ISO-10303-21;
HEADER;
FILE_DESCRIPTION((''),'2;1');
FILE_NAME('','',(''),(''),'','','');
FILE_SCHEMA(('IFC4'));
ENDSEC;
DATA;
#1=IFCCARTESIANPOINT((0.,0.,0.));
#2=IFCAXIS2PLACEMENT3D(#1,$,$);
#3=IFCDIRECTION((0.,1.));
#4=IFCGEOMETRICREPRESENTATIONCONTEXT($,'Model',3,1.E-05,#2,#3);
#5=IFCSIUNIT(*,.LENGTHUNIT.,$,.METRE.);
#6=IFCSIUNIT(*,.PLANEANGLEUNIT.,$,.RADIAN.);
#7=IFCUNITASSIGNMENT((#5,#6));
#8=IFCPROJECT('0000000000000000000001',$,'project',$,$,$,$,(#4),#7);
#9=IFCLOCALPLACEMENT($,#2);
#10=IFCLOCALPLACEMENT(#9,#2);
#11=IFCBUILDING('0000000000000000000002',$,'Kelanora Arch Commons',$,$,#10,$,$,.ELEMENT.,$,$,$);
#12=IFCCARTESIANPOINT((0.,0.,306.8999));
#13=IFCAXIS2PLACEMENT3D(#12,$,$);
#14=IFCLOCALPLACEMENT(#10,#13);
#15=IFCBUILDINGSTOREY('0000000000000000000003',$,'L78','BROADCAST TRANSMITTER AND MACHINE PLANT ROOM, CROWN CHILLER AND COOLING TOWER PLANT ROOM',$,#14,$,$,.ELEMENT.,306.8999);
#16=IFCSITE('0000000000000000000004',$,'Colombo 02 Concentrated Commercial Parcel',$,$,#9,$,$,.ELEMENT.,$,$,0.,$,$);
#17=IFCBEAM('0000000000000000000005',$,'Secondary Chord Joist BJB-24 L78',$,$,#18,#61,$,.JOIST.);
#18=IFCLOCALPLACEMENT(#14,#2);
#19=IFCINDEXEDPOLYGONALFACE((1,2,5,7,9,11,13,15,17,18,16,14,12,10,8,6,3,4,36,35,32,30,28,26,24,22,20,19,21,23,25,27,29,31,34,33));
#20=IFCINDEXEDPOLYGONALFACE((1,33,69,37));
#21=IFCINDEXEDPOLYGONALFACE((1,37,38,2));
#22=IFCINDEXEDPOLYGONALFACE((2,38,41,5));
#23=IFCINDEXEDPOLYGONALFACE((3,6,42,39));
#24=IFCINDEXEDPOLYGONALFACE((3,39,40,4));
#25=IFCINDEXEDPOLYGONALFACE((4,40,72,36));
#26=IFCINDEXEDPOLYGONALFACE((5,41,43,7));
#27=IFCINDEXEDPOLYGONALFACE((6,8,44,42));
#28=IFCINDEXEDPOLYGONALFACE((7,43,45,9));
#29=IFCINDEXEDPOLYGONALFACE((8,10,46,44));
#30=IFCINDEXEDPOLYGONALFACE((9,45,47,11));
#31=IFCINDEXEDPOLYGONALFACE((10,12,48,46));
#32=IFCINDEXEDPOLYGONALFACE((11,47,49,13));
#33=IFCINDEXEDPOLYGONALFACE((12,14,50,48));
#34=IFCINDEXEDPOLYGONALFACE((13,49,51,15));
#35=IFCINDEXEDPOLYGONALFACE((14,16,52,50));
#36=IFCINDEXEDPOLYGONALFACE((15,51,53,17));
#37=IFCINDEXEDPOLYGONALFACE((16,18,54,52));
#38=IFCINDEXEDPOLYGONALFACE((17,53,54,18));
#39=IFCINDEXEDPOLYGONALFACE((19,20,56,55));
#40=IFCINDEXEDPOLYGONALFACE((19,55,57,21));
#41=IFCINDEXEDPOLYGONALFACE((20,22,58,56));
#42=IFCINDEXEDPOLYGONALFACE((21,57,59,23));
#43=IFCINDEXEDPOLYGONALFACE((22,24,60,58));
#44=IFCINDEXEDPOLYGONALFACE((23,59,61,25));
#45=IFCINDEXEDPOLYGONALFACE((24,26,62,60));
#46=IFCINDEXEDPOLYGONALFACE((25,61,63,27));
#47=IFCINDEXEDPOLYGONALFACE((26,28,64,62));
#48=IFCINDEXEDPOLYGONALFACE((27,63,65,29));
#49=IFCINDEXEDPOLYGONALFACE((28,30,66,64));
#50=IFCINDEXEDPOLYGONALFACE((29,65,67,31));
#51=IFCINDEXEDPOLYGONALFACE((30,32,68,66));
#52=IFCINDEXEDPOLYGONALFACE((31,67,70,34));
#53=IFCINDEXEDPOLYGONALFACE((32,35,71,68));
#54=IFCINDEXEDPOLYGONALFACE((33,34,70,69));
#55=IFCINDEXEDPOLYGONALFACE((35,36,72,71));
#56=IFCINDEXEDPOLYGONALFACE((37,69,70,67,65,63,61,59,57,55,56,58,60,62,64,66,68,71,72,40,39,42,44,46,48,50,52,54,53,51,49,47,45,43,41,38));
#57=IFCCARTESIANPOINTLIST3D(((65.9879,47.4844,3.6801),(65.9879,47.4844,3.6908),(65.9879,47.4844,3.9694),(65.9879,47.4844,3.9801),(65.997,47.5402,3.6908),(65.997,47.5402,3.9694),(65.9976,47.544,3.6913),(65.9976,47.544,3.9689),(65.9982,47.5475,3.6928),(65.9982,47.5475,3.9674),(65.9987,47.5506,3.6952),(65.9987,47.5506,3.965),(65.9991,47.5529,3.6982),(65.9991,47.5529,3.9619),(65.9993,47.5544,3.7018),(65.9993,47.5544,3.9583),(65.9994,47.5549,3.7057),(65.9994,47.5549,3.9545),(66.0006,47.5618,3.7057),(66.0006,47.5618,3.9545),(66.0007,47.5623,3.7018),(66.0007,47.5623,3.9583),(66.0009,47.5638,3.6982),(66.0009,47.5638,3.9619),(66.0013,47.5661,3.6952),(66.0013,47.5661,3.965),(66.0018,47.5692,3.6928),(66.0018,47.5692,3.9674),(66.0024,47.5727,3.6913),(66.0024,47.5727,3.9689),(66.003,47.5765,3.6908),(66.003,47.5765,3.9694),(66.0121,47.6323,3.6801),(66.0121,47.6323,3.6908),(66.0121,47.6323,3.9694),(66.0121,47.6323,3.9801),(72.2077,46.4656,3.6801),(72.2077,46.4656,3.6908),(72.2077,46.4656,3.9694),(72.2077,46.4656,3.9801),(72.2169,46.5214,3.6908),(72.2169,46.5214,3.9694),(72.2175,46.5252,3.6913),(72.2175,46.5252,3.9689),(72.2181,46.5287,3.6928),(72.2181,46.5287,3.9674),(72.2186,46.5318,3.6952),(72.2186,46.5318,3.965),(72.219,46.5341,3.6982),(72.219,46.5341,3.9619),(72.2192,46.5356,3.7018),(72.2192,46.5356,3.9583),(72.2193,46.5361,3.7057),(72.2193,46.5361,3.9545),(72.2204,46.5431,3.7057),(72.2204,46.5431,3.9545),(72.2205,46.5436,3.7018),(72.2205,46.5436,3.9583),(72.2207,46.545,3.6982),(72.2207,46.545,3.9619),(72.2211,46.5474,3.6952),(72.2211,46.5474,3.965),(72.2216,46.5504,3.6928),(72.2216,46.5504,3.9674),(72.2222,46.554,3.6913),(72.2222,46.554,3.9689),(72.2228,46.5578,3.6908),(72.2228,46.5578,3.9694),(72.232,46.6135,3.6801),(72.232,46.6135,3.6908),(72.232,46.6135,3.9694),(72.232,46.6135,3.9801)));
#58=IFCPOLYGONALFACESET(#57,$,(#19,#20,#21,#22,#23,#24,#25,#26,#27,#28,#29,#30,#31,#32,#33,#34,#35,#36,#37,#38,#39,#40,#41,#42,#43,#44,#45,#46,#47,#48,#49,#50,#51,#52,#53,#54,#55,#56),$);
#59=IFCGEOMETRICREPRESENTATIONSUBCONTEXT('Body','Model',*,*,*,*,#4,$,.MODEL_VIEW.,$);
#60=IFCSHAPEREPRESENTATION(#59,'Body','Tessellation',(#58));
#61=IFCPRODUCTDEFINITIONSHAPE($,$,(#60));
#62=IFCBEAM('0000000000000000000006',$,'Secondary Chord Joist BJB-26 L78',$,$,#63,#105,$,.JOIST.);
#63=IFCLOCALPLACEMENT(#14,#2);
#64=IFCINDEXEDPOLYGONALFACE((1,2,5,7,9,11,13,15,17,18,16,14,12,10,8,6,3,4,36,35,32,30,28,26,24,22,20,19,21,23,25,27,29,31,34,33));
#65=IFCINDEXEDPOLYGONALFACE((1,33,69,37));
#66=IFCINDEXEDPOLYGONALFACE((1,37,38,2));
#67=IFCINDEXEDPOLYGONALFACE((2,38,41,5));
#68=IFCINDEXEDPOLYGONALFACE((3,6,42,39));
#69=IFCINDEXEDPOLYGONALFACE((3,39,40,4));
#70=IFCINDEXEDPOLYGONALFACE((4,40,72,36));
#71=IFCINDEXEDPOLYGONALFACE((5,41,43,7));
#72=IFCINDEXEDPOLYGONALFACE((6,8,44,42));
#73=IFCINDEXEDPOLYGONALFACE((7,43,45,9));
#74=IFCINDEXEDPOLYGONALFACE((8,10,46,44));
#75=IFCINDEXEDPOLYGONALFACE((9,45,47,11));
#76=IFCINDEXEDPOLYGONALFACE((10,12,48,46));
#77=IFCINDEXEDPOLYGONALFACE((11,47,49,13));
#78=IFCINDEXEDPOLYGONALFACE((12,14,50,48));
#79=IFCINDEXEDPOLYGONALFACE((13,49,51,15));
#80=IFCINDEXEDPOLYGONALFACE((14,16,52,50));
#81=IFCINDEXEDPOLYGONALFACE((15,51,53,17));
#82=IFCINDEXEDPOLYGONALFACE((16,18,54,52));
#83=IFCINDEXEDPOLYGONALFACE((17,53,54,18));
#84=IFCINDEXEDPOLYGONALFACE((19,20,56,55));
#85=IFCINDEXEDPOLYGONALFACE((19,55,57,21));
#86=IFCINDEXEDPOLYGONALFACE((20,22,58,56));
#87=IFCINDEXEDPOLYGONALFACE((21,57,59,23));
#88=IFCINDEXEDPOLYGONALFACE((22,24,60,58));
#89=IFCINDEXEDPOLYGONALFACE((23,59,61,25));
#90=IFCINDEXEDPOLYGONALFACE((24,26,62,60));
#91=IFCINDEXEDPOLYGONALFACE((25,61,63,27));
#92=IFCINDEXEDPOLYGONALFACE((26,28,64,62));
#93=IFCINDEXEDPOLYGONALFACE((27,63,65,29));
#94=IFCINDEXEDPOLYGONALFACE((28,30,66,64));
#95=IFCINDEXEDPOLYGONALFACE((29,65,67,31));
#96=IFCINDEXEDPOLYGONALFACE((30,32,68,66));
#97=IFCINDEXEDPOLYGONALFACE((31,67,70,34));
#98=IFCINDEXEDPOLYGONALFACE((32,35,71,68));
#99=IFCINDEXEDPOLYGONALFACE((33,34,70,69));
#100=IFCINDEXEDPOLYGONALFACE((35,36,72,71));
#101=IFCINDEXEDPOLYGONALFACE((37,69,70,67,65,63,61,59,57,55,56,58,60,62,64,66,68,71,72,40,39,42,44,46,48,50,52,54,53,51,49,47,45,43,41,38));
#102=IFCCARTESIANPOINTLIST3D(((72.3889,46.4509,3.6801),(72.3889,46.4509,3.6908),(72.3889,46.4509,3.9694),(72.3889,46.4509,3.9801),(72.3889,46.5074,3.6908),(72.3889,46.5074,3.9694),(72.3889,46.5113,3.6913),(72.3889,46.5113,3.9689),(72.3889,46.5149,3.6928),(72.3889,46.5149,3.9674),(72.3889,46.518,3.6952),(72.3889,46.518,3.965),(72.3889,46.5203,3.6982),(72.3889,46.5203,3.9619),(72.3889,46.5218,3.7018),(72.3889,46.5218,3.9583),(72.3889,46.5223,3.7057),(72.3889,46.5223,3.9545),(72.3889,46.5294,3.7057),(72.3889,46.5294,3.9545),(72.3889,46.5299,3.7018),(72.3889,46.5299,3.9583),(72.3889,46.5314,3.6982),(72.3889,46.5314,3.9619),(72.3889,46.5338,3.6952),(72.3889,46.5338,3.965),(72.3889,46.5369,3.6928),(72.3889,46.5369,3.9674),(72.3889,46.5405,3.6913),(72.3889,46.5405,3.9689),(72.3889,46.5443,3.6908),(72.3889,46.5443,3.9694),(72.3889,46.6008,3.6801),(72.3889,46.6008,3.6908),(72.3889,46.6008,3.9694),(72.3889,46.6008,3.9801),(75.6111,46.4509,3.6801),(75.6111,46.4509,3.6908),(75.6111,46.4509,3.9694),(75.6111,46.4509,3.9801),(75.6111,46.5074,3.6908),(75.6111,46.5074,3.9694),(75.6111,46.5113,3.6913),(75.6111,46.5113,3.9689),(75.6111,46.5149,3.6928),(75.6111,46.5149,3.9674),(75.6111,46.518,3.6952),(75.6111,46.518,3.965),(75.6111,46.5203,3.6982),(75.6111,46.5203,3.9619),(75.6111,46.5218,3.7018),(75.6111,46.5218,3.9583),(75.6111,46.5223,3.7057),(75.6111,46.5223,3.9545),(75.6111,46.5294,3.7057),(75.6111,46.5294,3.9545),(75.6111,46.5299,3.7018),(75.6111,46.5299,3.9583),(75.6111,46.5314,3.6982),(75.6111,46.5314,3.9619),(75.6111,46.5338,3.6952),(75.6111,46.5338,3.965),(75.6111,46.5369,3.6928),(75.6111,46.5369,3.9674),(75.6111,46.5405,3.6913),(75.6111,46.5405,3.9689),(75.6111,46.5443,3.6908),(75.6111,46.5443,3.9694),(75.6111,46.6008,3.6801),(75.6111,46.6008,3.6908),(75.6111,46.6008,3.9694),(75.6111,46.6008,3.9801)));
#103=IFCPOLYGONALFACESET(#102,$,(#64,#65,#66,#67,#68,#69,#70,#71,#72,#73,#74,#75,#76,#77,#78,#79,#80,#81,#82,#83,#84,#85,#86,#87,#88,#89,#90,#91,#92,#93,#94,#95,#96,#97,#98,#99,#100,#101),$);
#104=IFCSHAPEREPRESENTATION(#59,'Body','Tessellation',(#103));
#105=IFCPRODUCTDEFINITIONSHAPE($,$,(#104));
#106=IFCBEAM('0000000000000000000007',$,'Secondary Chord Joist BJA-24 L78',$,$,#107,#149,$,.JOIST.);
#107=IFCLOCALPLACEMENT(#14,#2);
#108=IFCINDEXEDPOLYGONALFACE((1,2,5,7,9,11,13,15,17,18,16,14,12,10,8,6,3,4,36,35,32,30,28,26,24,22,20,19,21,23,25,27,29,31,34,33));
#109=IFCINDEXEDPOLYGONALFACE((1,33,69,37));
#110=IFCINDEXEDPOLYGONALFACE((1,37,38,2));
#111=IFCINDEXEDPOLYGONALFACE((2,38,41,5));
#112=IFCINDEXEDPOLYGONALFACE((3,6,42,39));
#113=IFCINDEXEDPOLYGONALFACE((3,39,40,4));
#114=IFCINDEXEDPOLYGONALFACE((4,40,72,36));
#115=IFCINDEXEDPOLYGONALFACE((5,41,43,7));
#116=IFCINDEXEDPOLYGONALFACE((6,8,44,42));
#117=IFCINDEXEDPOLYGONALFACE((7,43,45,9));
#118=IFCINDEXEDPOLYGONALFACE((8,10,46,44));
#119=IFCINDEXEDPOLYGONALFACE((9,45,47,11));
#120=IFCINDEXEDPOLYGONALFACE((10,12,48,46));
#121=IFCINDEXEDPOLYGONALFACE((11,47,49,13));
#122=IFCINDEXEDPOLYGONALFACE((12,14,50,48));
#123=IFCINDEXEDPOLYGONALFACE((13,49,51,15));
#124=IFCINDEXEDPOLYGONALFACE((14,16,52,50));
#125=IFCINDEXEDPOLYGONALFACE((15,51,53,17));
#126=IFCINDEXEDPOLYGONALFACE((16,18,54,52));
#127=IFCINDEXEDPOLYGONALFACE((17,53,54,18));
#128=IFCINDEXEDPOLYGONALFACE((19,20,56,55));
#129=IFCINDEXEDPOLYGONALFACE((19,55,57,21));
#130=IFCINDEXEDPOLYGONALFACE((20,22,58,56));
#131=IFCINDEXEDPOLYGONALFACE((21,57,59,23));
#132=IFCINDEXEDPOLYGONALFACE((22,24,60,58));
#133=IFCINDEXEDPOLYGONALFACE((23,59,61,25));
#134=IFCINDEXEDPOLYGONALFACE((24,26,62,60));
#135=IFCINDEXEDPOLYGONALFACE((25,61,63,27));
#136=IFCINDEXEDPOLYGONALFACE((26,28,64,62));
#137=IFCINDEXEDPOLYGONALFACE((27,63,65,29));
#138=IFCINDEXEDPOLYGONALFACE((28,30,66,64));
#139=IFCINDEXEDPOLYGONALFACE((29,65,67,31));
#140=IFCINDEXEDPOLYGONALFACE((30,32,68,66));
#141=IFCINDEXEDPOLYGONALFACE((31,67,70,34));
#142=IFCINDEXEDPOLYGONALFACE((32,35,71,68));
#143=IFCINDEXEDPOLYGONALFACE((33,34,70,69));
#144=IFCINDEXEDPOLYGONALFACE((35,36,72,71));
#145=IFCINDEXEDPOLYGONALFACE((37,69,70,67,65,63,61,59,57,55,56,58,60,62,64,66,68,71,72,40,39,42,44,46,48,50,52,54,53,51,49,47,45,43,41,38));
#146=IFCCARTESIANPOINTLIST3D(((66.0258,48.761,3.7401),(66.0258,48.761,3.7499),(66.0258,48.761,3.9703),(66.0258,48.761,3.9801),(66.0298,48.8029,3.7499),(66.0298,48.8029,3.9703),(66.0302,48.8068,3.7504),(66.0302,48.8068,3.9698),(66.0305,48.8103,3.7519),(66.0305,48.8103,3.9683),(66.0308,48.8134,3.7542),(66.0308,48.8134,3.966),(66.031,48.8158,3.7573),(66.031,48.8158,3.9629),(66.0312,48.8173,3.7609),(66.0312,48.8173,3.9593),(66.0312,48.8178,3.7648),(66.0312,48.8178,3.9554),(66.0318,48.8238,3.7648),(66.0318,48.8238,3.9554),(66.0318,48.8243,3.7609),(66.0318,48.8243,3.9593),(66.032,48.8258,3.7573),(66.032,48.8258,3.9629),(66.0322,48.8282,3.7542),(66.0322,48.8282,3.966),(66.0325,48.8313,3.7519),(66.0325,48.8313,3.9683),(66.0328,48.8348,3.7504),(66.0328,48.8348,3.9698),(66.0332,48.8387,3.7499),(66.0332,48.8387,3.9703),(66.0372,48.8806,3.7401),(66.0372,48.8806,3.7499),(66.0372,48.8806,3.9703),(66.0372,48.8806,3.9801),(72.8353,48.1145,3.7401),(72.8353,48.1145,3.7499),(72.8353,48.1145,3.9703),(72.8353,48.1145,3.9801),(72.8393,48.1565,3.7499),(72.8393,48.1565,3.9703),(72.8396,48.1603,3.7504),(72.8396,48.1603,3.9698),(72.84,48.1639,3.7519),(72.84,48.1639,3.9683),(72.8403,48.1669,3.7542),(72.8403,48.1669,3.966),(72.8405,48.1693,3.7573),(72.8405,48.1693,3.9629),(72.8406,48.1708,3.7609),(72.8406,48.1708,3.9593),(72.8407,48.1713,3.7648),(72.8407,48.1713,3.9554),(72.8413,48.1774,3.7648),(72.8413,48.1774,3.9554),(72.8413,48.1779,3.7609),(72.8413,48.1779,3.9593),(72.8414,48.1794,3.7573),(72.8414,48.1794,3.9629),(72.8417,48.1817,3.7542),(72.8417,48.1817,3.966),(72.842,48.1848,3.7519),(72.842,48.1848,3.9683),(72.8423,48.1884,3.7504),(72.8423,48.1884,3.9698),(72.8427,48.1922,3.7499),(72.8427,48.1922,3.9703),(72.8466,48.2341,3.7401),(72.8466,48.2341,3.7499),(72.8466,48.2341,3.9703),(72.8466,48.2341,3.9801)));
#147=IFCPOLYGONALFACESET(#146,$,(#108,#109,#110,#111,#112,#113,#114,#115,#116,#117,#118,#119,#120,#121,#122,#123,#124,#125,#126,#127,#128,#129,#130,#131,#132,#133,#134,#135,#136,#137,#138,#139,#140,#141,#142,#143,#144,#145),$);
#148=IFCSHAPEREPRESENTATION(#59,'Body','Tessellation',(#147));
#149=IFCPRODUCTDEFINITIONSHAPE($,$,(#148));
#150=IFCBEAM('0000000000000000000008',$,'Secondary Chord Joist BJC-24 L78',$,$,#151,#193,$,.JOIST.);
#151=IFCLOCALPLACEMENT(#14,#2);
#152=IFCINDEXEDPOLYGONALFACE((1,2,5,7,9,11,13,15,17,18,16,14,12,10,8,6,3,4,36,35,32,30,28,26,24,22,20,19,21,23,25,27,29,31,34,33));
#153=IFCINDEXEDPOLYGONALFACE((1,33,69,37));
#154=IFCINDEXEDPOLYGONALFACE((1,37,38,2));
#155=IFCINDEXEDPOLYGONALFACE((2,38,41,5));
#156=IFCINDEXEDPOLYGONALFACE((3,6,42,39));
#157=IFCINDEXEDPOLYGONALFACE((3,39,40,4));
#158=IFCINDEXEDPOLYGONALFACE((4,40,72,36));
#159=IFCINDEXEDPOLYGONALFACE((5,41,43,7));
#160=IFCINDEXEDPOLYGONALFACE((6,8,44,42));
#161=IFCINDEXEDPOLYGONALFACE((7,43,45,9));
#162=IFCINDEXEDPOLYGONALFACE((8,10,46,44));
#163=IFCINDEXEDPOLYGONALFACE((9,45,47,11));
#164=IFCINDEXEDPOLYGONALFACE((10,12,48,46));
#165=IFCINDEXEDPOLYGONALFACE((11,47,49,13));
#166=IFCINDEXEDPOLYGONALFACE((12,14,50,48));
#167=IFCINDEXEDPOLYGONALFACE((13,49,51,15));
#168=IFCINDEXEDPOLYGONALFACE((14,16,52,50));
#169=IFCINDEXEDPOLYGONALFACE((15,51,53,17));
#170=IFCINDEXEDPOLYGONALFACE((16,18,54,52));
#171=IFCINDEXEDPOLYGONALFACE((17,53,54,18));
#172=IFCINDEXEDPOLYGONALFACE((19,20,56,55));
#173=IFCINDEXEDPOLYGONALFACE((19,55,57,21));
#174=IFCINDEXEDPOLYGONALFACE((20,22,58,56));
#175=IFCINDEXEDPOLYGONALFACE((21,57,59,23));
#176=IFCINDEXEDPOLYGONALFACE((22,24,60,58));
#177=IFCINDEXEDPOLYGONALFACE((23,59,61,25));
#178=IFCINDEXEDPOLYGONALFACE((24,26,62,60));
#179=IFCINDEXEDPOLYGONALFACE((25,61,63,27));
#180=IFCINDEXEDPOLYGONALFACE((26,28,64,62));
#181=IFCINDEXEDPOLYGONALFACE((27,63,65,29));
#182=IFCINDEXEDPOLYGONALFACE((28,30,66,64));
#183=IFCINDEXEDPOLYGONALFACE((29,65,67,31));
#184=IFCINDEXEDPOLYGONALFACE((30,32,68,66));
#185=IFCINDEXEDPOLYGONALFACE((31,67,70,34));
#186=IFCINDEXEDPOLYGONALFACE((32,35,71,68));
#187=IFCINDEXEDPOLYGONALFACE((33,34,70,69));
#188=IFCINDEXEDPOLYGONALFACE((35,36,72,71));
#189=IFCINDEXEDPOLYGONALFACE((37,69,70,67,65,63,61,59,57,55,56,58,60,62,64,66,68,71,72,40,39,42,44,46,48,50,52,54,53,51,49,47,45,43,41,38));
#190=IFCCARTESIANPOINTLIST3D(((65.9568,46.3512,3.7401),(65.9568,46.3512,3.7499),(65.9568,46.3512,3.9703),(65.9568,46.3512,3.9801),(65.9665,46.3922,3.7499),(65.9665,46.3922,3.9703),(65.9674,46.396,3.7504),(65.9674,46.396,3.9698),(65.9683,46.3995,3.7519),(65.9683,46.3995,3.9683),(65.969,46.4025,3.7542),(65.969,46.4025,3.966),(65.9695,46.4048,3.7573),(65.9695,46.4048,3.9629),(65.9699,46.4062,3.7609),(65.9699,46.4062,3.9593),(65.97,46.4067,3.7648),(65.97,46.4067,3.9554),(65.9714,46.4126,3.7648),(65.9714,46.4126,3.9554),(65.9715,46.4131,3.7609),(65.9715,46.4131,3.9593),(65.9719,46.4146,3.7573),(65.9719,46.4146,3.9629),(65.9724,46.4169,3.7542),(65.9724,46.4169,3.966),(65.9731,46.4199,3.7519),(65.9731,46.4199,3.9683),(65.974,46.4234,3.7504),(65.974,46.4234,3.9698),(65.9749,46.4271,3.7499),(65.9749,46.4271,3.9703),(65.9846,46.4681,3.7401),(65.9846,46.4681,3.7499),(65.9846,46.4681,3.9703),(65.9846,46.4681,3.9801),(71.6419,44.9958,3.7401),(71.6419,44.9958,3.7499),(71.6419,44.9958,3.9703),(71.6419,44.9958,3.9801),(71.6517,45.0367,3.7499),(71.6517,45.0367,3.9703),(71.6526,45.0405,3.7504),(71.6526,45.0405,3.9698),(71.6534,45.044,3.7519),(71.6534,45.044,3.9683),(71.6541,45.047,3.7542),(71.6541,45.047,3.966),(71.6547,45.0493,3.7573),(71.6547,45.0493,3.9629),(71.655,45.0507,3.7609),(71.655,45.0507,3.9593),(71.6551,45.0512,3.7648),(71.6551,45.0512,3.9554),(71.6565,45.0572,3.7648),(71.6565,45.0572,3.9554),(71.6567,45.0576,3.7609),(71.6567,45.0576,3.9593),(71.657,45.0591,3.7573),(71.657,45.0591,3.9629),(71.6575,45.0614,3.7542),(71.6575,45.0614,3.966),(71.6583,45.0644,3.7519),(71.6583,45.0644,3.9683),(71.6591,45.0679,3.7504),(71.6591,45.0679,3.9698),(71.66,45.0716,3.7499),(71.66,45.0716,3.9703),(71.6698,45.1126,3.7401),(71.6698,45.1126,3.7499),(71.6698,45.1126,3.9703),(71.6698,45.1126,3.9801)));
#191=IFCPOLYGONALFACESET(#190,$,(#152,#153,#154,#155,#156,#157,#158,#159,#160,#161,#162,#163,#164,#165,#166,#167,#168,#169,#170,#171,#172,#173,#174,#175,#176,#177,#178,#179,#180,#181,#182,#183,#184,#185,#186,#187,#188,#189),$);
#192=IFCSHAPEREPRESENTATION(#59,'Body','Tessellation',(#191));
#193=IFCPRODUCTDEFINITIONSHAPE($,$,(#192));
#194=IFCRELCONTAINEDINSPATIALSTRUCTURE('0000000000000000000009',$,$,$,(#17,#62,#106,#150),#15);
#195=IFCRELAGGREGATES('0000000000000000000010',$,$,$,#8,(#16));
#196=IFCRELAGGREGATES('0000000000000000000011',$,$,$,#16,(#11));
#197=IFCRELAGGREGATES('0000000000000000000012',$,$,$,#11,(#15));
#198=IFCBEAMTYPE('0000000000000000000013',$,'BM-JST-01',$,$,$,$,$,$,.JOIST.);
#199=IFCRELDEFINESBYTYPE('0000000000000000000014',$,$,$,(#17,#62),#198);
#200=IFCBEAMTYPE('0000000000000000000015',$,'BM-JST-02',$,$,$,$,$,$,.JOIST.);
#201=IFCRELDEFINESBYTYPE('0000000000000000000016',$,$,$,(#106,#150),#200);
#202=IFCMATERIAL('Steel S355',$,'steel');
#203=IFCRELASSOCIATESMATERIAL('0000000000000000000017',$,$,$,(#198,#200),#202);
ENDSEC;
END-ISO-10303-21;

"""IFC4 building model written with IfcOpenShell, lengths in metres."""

from ifc_helpers import new_model, si_unit, direction, frame, origin, origin_2d, place, context, subcontext, project, spatial, i_section, extrude, material, material_profile, profile_set, type_object, element, save


model = new_model("IFC4")

# Units and contexts
model_context = context("Model", 3, precision=1e-05, world=origin(), true_north=direction((0.0, 1.0)))
body_context = subcontext(model_context, "Body", "Model", "MODEL_VIEW")
ifc_project = project(units=[si_unit("LENGTHUNIT", "METRE"), si_unit("PLANEANGLEUNIT", "RADIAN")], contexts=[model_context])

# Site, building, storey
site_placement = place(None, origin())
site = spatial("IfcSite", under=ifc_project, at=site_placement, Name="Colombo 02 Concentrated Commercial Parcel", CompositionType="ELEMENT", RefElevation=0.0)
building_placement = place(site_placement, origin())
building = spatial("IfcBuilding", under=site, at=building_placement, Name="Kelanora Arch Commons", CompositionType="ELEMENT")
storey_placement = place(building_placement, frame((0.0, 0.0, 306.8999)))
storey = spatial("IfcBuildingStorey", under=building, at=storey_placement, Name="L78", Description="BROADCAST TRANSMITTER AND MACHINE PLANT ROOM, CROWN CHILLER AND COOLING TOWER PLANT ROOM", CompositionType="ELEMENT", Elevation=306.8999)

# Beams
ifc_material_1 = material(Name="Steel S355", Category="steel")
ifc_material_profile_1 = material_profile(ifc_material_1, i_section(OverallWidth=0.1499, OverallDepth=0.3, WebThickness=0.0071, FlangeThickness=0.0107, FilletRadius=0.0149, at=origin_2d()), Name="IPE300")
ifc_profile_set_1 = profile_set([ifc_material_profile_1], Name="Steel S355")
beam_type_1 = type_object("IfcBeamType", Name="BM-JST-01", PredefinedType="JOIST", material=ifc_profile_set_1)
beam_1_placement = place(storey_placement, frame((66.0, 47.5583, 3.8301), z_axis=(0.98685, -0.161641, 0.0), x_axis=(0.161641, 0.98685, 0.0)))
element("IfcBeam", 1, at=beam_1_placement, inside=storey, type_object=beam_type_1, Name="Secondary Chord Joist BJB-24 L78", PredefinedType="JOIST", context=body_context, shape_type="SweptSolid", body=[
    extrude(i_section(OverallWidth=0.1499, OverallDepth=0.3, WebThickness=0.0071, FlangeThickness=0.0107, FilletRadius=0.0149, at=origin_2d()), origin(), (0.0, 0.0, 1.0), 6.3027),
])
beam_2_placement = place(storey_placement, frame((72.3889, 46.5259, 3.8301), z_axis=(1.0, 0.0, 0.0), x_axis=(0.0, 1.0, 0.0)))
element("IfcBeam", 2, at=beam_2_placement, inside=storey, type_object=beam_type_1, Name="Secondary Chord Joist BJB-26 L78", PredefinedType="JOIST", context=body_context, shape_type="SweptSolid", body=[
    extrude(i_section(OverallWidth=0.1499, OverallDepth=0.3, WebThickness=0.0071, FlangeThickness=0.0107, FilletRadius=0.0149, at=origin_2d()), origin(), (0.0, 0.0, 1.0), 3.2222),
])
ifc_material_profile_2 = material_profile(ifc_material_1, i_section(OverallWidth=0.1201, OverallDepth=0.24, WebThickness=0.0061, FlangeThickness=0.0098, FilletRadius=0.0149, at=origin_2d()), Name="IPE240")
ifc_profile_set_2 = profile_set([ifc_material_profile_2], Name="Steel S355")
beam_type_2 = type_object("IfcBeamType", Name="BM-JST-02", PredefinedType="JOIST", material=ifc_profile_set_2)
beam_3_placement = place(storey_placement, frame((66.0315, 48.8208, 3.8601), z_axis=(0.995524, -0.094513, 0.0), x_axis=(0.094513, 0.995524, 0.0)))
element("IfcBeam", 3, at=beam_3_placement, inside=storey, type_object=beam_type_2, Name="Secondary Chord Joist BJA-24 L78", PredefinedType="JOIST", context=body_context, shape_type="SweptSolid", body=[
    extrude(i_section(OverallWidth=0.1201, OverallDepth=0.24, WebThickness=0.0061, FlangeThickness=0.0098, FilletRadius=0.0149, at=origin_2d()), origin(), (0.0, 0.0, 1.0), 6.8401),
])
beam_4_placement = place(storey_placement, frame((65.9707, 46.4097, 3.8601), z_axis=(0.972734, -0.231925, 0.0), x_axis=(0.231925, 0.972734, 0.0)))
element("IfcBeam", 4, at=beam_4_placement, inside=storey, type_object=beam_type_2, Name="Secondary Chord Joist BJC-24 L78", PredefinedType="JOIST", context=body_context, shape_type="SweptSolid", body=[
    extrude(i_section(OverallWidth=0.1201, OverallDepth=0.24, WebThickness=0.0061, FlangeThickness=0.0098, FilletRadius=0.0149, at=origin_2d()), origin(), (0.0, 0.0, 1.0), 5.8445),
])

save(model, "model.ifc")
